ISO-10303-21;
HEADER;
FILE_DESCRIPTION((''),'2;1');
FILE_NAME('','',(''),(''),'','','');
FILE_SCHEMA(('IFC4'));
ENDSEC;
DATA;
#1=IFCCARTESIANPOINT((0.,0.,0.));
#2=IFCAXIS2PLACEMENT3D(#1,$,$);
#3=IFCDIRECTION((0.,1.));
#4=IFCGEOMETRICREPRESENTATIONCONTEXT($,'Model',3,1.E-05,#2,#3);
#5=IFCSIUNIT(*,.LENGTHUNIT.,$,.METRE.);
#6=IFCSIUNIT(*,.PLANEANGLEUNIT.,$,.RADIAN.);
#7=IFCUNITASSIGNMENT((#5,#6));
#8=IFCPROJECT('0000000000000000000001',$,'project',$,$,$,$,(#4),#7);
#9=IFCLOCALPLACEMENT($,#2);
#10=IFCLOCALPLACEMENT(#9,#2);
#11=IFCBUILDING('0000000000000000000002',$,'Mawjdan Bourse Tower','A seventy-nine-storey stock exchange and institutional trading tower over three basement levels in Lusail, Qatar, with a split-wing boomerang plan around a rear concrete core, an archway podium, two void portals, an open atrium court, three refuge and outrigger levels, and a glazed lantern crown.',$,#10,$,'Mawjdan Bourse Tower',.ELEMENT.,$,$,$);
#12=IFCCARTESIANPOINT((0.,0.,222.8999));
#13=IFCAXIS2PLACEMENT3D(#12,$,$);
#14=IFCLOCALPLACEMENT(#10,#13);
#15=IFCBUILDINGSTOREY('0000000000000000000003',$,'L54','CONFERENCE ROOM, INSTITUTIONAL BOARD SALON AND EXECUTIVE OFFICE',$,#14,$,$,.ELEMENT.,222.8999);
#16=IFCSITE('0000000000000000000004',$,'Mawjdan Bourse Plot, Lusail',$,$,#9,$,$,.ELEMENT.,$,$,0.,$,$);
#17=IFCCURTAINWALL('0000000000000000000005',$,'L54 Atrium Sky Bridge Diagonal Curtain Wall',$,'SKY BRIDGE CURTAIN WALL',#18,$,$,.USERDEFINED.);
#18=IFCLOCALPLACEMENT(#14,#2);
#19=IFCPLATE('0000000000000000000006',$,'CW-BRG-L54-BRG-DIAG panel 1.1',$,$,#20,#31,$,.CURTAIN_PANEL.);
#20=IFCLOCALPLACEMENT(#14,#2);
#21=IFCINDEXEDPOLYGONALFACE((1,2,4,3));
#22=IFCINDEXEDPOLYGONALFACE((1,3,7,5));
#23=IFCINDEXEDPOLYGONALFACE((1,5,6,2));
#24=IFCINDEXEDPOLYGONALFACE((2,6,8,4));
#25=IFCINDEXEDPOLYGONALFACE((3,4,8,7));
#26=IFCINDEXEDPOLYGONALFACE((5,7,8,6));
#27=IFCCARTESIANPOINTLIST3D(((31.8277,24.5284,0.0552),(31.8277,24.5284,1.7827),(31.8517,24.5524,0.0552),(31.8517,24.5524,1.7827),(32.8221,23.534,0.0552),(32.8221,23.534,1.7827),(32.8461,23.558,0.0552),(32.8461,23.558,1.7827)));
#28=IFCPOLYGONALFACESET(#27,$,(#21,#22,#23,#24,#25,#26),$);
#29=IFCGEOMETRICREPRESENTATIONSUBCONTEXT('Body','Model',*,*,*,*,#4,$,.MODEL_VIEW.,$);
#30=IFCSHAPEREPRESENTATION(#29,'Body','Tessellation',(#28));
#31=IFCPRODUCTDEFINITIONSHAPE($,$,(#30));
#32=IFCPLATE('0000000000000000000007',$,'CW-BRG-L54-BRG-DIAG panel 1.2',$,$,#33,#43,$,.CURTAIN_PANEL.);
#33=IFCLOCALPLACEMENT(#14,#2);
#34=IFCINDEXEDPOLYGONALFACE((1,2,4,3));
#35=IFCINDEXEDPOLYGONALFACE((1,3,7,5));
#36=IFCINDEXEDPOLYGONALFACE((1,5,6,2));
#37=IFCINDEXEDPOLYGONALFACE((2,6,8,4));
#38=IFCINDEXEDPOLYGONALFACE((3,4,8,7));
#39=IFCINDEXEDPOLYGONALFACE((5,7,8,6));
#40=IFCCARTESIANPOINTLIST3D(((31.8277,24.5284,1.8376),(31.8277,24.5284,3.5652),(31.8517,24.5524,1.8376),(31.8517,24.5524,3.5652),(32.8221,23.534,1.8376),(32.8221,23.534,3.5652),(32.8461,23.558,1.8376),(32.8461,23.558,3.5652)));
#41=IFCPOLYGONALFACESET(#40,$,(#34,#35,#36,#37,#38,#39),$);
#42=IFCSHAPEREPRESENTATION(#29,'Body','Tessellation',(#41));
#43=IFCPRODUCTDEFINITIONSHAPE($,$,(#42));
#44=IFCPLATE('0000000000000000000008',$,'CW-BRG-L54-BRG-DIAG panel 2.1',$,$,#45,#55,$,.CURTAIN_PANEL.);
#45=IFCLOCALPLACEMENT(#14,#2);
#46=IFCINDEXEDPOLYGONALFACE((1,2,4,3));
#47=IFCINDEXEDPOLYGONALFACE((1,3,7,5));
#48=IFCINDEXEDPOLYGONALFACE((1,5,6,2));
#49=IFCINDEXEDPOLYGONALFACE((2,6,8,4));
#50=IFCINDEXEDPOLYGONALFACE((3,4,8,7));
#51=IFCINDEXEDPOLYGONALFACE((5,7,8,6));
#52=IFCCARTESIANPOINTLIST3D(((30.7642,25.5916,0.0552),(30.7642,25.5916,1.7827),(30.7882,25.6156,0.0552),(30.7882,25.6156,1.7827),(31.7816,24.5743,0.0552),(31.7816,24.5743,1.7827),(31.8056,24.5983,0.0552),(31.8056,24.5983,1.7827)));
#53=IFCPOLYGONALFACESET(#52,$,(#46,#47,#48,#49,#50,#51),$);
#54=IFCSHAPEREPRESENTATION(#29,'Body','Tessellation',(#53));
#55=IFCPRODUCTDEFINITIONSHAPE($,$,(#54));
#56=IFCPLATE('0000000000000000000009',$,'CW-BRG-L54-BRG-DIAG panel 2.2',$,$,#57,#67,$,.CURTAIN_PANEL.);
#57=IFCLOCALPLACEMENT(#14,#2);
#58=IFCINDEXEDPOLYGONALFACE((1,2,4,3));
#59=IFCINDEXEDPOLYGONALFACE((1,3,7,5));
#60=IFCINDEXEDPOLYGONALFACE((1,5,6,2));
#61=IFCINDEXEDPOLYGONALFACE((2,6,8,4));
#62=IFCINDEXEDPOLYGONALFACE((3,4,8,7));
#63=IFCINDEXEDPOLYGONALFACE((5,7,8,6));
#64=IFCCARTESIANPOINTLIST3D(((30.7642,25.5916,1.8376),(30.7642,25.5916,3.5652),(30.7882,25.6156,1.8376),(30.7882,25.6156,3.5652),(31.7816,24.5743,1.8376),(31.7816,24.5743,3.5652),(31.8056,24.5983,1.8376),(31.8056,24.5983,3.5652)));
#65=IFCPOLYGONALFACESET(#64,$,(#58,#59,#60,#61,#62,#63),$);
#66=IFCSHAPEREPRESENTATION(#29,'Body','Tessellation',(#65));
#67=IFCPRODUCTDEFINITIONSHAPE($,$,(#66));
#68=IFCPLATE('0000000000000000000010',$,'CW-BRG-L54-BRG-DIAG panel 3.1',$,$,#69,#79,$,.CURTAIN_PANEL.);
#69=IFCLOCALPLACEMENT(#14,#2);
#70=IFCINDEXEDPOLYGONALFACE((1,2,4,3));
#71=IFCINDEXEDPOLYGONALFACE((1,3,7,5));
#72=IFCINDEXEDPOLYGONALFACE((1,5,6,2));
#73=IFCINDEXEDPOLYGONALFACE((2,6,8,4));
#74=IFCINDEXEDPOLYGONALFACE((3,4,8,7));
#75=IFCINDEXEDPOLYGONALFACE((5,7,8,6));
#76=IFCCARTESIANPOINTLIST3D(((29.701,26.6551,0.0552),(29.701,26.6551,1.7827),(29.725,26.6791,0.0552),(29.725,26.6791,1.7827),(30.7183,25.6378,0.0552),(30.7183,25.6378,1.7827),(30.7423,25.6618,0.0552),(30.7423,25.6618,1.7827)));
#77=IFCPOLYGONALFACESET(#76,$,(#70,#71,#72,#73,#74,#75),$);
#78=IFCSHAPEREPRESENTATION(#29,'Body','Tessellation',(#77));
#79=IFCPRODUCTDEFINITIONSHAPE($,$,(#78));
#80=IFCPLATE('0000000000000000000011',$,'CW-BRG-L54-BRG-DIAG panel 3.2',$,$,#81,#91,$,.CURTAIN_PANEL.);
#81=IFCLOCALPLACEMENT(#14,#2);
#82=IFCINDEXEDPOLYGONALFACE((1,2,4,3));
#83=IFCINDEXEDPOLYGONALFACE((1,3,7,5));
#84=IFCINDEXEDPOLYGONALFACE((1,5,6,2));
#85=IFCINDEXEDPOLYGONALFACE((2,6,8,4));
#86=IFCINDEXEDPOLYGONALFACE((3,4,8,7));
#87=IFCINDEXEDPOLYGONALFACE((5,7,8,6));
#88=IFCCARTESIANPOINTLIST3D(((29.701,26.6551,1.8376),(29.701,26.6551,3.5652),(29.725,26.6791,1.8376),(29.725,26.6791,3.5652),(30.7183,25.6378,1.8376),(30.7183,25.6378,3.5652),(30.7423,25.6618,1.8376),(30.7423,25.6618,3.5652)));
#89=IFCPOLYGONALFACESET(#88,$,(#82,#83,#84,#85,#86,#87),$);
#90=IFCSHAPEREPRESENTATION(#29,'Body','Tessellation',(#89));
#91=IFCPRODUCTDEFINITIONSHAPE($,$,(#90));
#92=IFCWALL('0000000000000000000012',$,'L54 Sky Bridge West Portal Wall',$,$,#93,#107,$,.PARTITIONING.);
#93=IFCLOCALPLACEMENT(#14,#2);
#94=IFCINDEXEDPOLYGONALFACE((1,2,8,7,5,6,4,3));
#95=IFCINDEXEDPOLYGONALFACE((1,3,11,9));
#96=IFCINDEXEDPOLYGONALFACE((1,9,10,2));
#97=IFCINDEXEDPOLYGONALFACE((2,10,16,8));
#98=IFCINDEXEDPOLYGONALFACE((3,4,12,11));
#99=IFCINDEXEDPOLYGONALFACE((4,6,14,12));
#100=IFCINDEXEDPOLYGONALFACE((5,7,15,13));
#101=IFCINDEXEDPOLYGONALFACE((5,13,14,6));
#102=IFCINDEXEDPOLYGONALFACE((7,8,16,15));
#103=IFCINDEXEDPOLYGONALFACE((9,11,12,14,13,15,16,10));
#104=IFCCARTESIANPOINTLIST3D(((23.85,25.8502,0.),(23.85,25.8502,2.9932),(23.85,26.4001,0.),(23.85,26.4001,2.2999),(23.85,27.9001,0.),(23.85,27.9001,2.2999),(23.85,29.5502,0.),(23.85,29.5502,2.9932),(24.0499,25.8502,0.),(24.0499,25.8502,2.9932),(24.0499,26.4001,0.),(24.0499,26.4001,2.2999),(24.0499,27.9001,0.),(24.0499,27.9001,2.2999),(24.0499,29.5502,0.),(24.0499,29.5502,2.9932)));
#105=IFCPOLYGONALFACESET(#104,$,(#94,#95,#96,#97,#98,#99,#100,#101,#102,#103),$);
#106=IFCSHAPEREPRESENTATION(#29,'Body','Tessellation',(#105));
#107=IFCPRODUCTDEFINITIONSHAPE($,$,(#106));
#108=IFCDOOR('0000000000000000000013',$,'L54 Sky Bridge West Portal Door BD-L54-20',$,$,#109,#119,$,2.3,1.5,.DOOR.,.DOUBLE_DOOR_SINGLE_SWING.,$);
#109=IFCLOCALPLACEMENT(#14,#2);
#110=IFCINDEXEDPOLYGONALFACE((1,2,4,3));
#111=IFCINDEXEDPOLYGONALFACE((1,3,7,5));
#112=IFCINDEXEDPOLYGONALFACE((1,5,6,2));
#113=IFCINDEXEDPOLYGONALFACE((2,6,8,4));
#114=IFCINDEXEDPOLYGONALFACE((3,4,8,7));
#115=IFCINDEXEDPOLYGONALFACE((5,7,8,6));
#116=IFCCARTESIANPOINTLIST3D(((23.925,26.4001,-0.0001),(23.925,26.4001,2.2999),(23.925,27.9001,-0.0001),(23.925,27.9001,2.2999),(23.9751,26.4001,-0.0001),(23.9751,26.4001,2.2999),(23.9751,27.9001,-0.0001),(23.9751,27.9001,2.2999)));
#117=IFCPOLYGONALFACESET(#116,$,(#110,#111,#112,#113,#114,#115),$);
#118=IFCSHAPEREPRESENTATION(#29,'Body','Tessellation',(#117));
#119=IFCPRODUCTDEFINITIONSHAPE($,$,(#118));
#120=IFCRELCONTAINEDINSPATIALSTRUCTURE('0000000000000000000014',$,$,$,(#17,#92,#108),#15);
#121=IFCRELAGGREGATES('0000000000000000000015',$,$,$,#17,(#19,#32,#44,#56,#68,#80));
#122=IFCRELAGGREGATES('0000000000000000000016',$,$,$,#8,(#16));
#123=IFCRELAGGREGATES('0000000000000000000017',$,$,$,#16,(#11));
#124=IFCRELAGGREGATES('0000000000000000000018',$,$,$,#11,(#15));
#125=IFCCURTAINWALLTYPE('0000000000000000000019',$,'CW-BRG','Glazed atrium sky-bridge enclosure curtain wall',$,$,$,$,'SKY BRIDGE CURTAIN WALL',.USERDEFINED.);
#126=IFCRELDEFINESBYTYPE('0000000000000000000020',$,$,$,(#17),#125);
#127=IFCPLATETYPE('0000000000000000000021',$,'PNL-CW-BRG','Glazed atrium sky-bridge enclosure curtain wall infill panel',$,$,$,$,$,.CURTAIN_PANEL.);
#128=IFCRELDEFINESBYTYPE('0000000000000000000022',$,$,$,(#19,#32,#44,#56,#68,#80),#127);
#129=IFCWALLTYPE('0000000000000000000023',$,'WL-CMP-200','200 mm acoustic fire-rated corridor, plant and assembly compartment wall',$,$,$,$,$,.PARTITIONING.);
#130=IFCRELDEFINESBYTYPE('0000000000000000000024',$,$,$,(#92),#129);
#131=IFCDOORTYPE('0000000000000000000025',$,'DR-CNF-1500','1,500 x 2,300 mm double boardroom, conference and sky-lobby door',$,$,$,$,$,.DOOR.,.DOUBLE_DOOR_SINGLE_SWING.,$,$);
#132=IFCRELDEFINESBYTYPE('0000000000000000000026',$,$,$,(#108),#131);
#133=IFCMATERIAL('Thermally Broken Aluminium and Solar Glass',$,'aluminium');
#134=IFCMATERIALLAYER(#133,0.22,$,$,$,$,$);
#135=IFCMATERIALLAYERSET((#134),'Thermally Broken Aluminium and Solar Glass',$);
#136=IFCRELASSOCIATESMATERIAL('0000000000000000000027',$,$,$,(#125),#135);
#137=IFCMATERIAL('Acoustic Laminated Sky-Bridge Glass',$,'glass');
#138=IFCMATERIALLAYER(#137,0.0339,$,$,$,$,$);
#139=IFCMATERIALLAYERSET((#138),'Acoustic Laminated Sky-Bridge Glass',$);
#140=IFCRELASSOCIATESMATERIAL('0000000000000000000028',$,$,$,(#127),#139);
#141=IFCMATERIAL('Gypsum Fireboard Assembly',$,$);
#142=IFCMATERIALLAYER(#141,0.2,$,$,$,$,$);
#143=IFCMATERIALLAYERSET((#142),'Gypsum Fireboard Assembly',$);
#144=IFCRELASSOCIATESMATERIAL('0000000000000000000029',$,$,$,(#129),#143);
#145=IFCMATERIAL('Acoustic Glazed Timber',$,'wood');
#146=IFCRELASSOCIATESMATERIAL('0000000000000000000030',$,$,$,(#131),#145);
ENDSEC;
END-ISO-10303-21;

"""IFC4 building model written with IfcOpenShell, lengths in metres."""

from ifc_helpers import new_model, si_unit, direction, frame, frame_2d, origin, origin_2d, place, context, subcontext, project, spatial, rectangle, extrude, material, layer, layer_set, type_object, element, fill, aggregate, save


model = new_model("IFC4")

# Units and contexts
model_context = context("Model", 3, precision=1e-05, world=origin(), true_north=direction((0.0, 1.0)))
body_context = subcontext(model_context, "Body", "Model", "MODEL_VIEW")
ifc_project = project(units=[si_unit("LENGTHUNIT", "METRE"), si_unit("PLANEANGLEUNIT", "RADIAN")], contexts=[model_context])

# Site, building, storey
site_placement = place(None, origin())
site = spatial("IfcSite", under=ifc_project, at=site_placement, Name="Mawjdan Bourse Plot, Lusail", CompositionType="ELEMENT", RefElevation=0.0)
building_placement = place(site_placement, origin())
building = spatial("IfcBuilding", under=site, at=building_placement, Name="Mawjdan Bourse Tower", Description="A seventy-nine-storey stock exchange and institutional trading tower over three basement levels in Lusail, Qatar, with a split-wing boomerang plan around a rear concrete core, an archway podium, two void portals, an open atrium court, three refuge and outrigger levels, and a glazed lantern crown.", LongName="Mawjdan Bourse Tower", CompositionType="ELEMENT")
storey_placement = place(building_placement, frame((0.0, 0.0, 222.8999)))
storey = spatial("IfcBuildingStorey", under=building, at=storey_placement, Name="L54", Description="CONFERENCE ROOM, INSTITUTIONAL BOARD SALON AND EXECUTIVE OFFICE", CompositionType="ELEMENT", Elevation=222.8999)

# Curtain wall
ifc_material_1 = material(Name="Thermally Broken Aluminium and Solar Glass", Category="aluminium")
ifc_layer_1 = layer(ifc_material_1, 0.22)
ifc_layer_set_1 = layer_set([ifc_layer_1], Name="Thermally Broken Aluminium and Solar Glass")
curtain_wall_type = type_object("IfcCurtainWallType", Name="CW-BRG", Description="Glazed atrium sky-bridge enclosure curtain wall", ElementType="SKY BRIDGE CURTAIN WALL", PredefinedType="USERDEFINED", material=ifc_layer_set_1)
curtain_wall_placement = place(storey_placement, origin())
curtain_wall = element("IfcCurtainWall", 1, at=curtain_wall_placement, inside=storey, type_object=curtain_wall_type, Name="L54 Atrium Sky Bridge Diagonal Curtain Wall", ObjectType="SKY BRIDGE CURTAIN WALL", PredefinedType="USERDEFINED")

# Plates
ifc_material_2 = material(Name="Acoustic Laminated Sky-Bridge Glass", Category="glass")
ifc_layer_2 = layer(ifc_material_2, 0.0339)
ifc_layer_set_2 = layer_set([ifc_layer_2], Name="Acoustic Laminated Sky-Bridge Glass")
plate_type = type_object("IfcPlateType", Name="PNL-CW-BRG", Description="Glazed atrium sky-bridge enclosure curtain wall infill panel", PredefinedType="CURTAIN_PANEL", material=ifc_layer_set_2)
plate_1_placement = place(storey_placement, frame((32.3369, 24.0432, 0.0552), z_axis=(0.0, 0.0, 1.0), x_axis=(-0.707107, 0.707107, 0.0)))
plate_1 = element("IfcPlate", 2, at=plate_1_placement, type_object=plate_type, Name="CW-BRG-L54-BRG-DIAG panel 1.1", PredefinedType="CURTAIN_PANEL", context=body_context, shape_type="SweptSolid", body=[
    extrude(rectangle(XDim=1.4062, YDim=0.0339, at=origin_2d()), origin(), (0.0, 0.0, 1.0), 1.7275),
])
plate_2_placement = place(storey_placement, frame((32.3369, 24.0432, 1.8376), z_axis=(0.0, 0.0, 1.0), x_axis=(-0.707107, 0.707107, 0.0)))
plate_2 = element("IfcPlate", 3, at=plate_2_placement, type_object=plate_type, Name="CW-BRG-L54-BRG-DIAG panel 1.2", PredefinedType="CURTAIN_PANEL", context=body_context, shape_type="SweptSolid", body=[
    extrude(rectangle(XDim=1.4062, YDim=0.0339, at=origin_2d()), origin(), (0.0, 0.0, 1.0), 1.7275),
])
plate_3_placement = place(storey_placement, frame((31.2849, 25.095, 0.0552), z_axis=(0.0, 0.0, 1.0), x_axis=(-0.707107, 0.707107, 0.0)))
plate_3 = element("IfcPlate", 4, at=plate_3_placement, type_object=plate_type, Name="CW-BRG-L54-BRG-DIAG panel 2.1", PredefinedType="CURTAIN_PANEL", context=body_context, shape_type="SweptSolid", body=[
    extrude(rectangle(XDim=1.4387, YDim=0.0339, at=origin_2d()), origin(), (0.0, 0.0, 1.0), 1.7275),
])
plate_4_placement = place(storey_placement, frame((31.2849, 25.095, 1.8376), z_axis=(0.0, 0.0, 1.0), x_axis=(-0.707107, 0.707107, 0.0)))
plate_4 = element("IfcPlate", 5, at=plate_4_placement, type_object=plate_type, Name="CW-BRG-L54-BRG-DIAG panel 2.2", PredefinedType="CURTAIN_PANEL", context=body_context, shape_type="SweptSolid", body=[
    extrude(rectangle(XDim=1.4387, YDim=0.0339, at=origin_2d()), origin(), (0.0, 0.0, 1.0), 1.7275),
])
plate_5_placement = place(storey_placement, frame((30.2217, 26.1584, 0.0552), z_axis=(0.0, 0.0, 1.0), x_axis=(-0.707107, 0.707107, 0.0)))
plate_5 = element("IfcPlate", 6, at=plate_5_placement, type_object=plate_type, Name="CW-BRG-L54-BRG-DIAG panel 3.1", PredefinedType="CURTAIN_PANEL", context=body_context, shape_type="SweptSolid", body=[
    extrude(rectangle(XDim=1.4387, YDim=0.0339, at=origin_2d()), origin(), (0.0, 0.0, 1.0), 1.7275),
])
plate_6_placement = place(storey_placement, frame((30.2217, 26.1584, 1.8376), z_axis=(0.0, 0.0, 1.0), x_axis=(-0.707107, 0.707107, 0.0)))
plate_6 = element("IfcPlate", 7, at=plate_6_placement, type_object=plate_type, Name="CW-BRG-L54-BRG-DIAG panel 3.2", PredefinedType="CURTAIN_PANEL", context=body_context, shape_type="SweptSolid", body=[
    extrude(rectangle(XDim=1.4387, YDim=0.0339, at=origin_2d()), origin(), (0.0, 0.0, 1.0), 1.7275),
])
aggregate(curtain_wall, [plate_1, plate_2, plate_3, plate_4, plate_5, plate_6])

# Wall, opening, door
ifc_material_3 = material(Name="Gypsum Fireboard Assembly")
ifc_layer_3 = layer(ifc_material_3, 0.2)
ifc_layer_set_3 = layer_set([ifc_layer_3], Name="Gypsum Fireboard Assembly")
wall_type = type_object("IfcWallType", Name="WL-CMP-200", Description="200 mm acoustic fire-rated corridor, plant and assembly compartment wall", PredefinedType="PARTITIONING", material=ifc_layer_set_3)
wall_placement = place(storey_placement, frame((23.95, 25.8501, 0.0), z_axis=(0.0, 0.0, 1.0), x_axis=(0.0, 1.0, 0.0)))
wall = element("IfcWall", 8, at=wall_placement, inside=storey, type_object=wall_type, Name="L54 Sky Bridge West Portal Wall", PredefinedType="PARTITIONING", context=body_context, shape_type="SweptSolid", body=[
    extrude(rectangle(XDim=3.7, YDim=0.2, at=frame_2d((1.8501, 0.0))), origin(), (0.0, 0.0, 1.0), 2.9932),
])
opening_placement = place(wall_placement, frame((0.55, 0.0, 0.0)))
opening = element("IfcOpeningElement", 9, at=opening_placement, cuts=wall, PredefinedType="OPENING", context=body_context, shape_type="SweptSolid", body=[
    extrude(rectangle(XDim=1.5, YDim=2.3, at=frame_2d((0.75, 1.1499))), frame((0.0, 0.1099, 0.0), z_axis=(0.0, -1.0, 0.0), x_axis=(1.0, 0.0, 0.0)), (0.0, 0.0, 1.0), 0.22),
])
ifc_material_4 = material(Name="Acoustic Glazed Timber", Category="wood")
door_type = type_object("IfcDoorType", Name="DR-CNF-1500", Description="1,500 x 2,300 mm double boardroom, conference and sky-lobby door", OperationType="DOUBLE_DOOR_SINGLE_SWING", PredefinedType="DOOR", material=ifc_material_4)
door_placement = place(opening_placement, origin())
door = element("IfcDoor", 10, at=door_placement, inside=storey, type_object=door_type, Name="L54 Sky Bridge West Portal Door BD-L54-20", OperationType="DOUBLE_DOOR_SINGLE_SWING", OverallHeight=2.3, OverallWidth=1.5, PredefinedType="DOOR", context=body_context, shape_type="SweptSolid", body=[
    extrude(rectangle(XDim=1.5, YDim=2.3, at=frame_2d((0.75, 1.1499))), frame((0.0, 0.0249, 0.0), z_axis=(0.0, -1.0, 0.0), x_axis=(1.0, 0.0, 0.0)), (0.0, 0.0, 1.0), 0.05),
])
fill(opening, door)

save(model, "model.ifc")
